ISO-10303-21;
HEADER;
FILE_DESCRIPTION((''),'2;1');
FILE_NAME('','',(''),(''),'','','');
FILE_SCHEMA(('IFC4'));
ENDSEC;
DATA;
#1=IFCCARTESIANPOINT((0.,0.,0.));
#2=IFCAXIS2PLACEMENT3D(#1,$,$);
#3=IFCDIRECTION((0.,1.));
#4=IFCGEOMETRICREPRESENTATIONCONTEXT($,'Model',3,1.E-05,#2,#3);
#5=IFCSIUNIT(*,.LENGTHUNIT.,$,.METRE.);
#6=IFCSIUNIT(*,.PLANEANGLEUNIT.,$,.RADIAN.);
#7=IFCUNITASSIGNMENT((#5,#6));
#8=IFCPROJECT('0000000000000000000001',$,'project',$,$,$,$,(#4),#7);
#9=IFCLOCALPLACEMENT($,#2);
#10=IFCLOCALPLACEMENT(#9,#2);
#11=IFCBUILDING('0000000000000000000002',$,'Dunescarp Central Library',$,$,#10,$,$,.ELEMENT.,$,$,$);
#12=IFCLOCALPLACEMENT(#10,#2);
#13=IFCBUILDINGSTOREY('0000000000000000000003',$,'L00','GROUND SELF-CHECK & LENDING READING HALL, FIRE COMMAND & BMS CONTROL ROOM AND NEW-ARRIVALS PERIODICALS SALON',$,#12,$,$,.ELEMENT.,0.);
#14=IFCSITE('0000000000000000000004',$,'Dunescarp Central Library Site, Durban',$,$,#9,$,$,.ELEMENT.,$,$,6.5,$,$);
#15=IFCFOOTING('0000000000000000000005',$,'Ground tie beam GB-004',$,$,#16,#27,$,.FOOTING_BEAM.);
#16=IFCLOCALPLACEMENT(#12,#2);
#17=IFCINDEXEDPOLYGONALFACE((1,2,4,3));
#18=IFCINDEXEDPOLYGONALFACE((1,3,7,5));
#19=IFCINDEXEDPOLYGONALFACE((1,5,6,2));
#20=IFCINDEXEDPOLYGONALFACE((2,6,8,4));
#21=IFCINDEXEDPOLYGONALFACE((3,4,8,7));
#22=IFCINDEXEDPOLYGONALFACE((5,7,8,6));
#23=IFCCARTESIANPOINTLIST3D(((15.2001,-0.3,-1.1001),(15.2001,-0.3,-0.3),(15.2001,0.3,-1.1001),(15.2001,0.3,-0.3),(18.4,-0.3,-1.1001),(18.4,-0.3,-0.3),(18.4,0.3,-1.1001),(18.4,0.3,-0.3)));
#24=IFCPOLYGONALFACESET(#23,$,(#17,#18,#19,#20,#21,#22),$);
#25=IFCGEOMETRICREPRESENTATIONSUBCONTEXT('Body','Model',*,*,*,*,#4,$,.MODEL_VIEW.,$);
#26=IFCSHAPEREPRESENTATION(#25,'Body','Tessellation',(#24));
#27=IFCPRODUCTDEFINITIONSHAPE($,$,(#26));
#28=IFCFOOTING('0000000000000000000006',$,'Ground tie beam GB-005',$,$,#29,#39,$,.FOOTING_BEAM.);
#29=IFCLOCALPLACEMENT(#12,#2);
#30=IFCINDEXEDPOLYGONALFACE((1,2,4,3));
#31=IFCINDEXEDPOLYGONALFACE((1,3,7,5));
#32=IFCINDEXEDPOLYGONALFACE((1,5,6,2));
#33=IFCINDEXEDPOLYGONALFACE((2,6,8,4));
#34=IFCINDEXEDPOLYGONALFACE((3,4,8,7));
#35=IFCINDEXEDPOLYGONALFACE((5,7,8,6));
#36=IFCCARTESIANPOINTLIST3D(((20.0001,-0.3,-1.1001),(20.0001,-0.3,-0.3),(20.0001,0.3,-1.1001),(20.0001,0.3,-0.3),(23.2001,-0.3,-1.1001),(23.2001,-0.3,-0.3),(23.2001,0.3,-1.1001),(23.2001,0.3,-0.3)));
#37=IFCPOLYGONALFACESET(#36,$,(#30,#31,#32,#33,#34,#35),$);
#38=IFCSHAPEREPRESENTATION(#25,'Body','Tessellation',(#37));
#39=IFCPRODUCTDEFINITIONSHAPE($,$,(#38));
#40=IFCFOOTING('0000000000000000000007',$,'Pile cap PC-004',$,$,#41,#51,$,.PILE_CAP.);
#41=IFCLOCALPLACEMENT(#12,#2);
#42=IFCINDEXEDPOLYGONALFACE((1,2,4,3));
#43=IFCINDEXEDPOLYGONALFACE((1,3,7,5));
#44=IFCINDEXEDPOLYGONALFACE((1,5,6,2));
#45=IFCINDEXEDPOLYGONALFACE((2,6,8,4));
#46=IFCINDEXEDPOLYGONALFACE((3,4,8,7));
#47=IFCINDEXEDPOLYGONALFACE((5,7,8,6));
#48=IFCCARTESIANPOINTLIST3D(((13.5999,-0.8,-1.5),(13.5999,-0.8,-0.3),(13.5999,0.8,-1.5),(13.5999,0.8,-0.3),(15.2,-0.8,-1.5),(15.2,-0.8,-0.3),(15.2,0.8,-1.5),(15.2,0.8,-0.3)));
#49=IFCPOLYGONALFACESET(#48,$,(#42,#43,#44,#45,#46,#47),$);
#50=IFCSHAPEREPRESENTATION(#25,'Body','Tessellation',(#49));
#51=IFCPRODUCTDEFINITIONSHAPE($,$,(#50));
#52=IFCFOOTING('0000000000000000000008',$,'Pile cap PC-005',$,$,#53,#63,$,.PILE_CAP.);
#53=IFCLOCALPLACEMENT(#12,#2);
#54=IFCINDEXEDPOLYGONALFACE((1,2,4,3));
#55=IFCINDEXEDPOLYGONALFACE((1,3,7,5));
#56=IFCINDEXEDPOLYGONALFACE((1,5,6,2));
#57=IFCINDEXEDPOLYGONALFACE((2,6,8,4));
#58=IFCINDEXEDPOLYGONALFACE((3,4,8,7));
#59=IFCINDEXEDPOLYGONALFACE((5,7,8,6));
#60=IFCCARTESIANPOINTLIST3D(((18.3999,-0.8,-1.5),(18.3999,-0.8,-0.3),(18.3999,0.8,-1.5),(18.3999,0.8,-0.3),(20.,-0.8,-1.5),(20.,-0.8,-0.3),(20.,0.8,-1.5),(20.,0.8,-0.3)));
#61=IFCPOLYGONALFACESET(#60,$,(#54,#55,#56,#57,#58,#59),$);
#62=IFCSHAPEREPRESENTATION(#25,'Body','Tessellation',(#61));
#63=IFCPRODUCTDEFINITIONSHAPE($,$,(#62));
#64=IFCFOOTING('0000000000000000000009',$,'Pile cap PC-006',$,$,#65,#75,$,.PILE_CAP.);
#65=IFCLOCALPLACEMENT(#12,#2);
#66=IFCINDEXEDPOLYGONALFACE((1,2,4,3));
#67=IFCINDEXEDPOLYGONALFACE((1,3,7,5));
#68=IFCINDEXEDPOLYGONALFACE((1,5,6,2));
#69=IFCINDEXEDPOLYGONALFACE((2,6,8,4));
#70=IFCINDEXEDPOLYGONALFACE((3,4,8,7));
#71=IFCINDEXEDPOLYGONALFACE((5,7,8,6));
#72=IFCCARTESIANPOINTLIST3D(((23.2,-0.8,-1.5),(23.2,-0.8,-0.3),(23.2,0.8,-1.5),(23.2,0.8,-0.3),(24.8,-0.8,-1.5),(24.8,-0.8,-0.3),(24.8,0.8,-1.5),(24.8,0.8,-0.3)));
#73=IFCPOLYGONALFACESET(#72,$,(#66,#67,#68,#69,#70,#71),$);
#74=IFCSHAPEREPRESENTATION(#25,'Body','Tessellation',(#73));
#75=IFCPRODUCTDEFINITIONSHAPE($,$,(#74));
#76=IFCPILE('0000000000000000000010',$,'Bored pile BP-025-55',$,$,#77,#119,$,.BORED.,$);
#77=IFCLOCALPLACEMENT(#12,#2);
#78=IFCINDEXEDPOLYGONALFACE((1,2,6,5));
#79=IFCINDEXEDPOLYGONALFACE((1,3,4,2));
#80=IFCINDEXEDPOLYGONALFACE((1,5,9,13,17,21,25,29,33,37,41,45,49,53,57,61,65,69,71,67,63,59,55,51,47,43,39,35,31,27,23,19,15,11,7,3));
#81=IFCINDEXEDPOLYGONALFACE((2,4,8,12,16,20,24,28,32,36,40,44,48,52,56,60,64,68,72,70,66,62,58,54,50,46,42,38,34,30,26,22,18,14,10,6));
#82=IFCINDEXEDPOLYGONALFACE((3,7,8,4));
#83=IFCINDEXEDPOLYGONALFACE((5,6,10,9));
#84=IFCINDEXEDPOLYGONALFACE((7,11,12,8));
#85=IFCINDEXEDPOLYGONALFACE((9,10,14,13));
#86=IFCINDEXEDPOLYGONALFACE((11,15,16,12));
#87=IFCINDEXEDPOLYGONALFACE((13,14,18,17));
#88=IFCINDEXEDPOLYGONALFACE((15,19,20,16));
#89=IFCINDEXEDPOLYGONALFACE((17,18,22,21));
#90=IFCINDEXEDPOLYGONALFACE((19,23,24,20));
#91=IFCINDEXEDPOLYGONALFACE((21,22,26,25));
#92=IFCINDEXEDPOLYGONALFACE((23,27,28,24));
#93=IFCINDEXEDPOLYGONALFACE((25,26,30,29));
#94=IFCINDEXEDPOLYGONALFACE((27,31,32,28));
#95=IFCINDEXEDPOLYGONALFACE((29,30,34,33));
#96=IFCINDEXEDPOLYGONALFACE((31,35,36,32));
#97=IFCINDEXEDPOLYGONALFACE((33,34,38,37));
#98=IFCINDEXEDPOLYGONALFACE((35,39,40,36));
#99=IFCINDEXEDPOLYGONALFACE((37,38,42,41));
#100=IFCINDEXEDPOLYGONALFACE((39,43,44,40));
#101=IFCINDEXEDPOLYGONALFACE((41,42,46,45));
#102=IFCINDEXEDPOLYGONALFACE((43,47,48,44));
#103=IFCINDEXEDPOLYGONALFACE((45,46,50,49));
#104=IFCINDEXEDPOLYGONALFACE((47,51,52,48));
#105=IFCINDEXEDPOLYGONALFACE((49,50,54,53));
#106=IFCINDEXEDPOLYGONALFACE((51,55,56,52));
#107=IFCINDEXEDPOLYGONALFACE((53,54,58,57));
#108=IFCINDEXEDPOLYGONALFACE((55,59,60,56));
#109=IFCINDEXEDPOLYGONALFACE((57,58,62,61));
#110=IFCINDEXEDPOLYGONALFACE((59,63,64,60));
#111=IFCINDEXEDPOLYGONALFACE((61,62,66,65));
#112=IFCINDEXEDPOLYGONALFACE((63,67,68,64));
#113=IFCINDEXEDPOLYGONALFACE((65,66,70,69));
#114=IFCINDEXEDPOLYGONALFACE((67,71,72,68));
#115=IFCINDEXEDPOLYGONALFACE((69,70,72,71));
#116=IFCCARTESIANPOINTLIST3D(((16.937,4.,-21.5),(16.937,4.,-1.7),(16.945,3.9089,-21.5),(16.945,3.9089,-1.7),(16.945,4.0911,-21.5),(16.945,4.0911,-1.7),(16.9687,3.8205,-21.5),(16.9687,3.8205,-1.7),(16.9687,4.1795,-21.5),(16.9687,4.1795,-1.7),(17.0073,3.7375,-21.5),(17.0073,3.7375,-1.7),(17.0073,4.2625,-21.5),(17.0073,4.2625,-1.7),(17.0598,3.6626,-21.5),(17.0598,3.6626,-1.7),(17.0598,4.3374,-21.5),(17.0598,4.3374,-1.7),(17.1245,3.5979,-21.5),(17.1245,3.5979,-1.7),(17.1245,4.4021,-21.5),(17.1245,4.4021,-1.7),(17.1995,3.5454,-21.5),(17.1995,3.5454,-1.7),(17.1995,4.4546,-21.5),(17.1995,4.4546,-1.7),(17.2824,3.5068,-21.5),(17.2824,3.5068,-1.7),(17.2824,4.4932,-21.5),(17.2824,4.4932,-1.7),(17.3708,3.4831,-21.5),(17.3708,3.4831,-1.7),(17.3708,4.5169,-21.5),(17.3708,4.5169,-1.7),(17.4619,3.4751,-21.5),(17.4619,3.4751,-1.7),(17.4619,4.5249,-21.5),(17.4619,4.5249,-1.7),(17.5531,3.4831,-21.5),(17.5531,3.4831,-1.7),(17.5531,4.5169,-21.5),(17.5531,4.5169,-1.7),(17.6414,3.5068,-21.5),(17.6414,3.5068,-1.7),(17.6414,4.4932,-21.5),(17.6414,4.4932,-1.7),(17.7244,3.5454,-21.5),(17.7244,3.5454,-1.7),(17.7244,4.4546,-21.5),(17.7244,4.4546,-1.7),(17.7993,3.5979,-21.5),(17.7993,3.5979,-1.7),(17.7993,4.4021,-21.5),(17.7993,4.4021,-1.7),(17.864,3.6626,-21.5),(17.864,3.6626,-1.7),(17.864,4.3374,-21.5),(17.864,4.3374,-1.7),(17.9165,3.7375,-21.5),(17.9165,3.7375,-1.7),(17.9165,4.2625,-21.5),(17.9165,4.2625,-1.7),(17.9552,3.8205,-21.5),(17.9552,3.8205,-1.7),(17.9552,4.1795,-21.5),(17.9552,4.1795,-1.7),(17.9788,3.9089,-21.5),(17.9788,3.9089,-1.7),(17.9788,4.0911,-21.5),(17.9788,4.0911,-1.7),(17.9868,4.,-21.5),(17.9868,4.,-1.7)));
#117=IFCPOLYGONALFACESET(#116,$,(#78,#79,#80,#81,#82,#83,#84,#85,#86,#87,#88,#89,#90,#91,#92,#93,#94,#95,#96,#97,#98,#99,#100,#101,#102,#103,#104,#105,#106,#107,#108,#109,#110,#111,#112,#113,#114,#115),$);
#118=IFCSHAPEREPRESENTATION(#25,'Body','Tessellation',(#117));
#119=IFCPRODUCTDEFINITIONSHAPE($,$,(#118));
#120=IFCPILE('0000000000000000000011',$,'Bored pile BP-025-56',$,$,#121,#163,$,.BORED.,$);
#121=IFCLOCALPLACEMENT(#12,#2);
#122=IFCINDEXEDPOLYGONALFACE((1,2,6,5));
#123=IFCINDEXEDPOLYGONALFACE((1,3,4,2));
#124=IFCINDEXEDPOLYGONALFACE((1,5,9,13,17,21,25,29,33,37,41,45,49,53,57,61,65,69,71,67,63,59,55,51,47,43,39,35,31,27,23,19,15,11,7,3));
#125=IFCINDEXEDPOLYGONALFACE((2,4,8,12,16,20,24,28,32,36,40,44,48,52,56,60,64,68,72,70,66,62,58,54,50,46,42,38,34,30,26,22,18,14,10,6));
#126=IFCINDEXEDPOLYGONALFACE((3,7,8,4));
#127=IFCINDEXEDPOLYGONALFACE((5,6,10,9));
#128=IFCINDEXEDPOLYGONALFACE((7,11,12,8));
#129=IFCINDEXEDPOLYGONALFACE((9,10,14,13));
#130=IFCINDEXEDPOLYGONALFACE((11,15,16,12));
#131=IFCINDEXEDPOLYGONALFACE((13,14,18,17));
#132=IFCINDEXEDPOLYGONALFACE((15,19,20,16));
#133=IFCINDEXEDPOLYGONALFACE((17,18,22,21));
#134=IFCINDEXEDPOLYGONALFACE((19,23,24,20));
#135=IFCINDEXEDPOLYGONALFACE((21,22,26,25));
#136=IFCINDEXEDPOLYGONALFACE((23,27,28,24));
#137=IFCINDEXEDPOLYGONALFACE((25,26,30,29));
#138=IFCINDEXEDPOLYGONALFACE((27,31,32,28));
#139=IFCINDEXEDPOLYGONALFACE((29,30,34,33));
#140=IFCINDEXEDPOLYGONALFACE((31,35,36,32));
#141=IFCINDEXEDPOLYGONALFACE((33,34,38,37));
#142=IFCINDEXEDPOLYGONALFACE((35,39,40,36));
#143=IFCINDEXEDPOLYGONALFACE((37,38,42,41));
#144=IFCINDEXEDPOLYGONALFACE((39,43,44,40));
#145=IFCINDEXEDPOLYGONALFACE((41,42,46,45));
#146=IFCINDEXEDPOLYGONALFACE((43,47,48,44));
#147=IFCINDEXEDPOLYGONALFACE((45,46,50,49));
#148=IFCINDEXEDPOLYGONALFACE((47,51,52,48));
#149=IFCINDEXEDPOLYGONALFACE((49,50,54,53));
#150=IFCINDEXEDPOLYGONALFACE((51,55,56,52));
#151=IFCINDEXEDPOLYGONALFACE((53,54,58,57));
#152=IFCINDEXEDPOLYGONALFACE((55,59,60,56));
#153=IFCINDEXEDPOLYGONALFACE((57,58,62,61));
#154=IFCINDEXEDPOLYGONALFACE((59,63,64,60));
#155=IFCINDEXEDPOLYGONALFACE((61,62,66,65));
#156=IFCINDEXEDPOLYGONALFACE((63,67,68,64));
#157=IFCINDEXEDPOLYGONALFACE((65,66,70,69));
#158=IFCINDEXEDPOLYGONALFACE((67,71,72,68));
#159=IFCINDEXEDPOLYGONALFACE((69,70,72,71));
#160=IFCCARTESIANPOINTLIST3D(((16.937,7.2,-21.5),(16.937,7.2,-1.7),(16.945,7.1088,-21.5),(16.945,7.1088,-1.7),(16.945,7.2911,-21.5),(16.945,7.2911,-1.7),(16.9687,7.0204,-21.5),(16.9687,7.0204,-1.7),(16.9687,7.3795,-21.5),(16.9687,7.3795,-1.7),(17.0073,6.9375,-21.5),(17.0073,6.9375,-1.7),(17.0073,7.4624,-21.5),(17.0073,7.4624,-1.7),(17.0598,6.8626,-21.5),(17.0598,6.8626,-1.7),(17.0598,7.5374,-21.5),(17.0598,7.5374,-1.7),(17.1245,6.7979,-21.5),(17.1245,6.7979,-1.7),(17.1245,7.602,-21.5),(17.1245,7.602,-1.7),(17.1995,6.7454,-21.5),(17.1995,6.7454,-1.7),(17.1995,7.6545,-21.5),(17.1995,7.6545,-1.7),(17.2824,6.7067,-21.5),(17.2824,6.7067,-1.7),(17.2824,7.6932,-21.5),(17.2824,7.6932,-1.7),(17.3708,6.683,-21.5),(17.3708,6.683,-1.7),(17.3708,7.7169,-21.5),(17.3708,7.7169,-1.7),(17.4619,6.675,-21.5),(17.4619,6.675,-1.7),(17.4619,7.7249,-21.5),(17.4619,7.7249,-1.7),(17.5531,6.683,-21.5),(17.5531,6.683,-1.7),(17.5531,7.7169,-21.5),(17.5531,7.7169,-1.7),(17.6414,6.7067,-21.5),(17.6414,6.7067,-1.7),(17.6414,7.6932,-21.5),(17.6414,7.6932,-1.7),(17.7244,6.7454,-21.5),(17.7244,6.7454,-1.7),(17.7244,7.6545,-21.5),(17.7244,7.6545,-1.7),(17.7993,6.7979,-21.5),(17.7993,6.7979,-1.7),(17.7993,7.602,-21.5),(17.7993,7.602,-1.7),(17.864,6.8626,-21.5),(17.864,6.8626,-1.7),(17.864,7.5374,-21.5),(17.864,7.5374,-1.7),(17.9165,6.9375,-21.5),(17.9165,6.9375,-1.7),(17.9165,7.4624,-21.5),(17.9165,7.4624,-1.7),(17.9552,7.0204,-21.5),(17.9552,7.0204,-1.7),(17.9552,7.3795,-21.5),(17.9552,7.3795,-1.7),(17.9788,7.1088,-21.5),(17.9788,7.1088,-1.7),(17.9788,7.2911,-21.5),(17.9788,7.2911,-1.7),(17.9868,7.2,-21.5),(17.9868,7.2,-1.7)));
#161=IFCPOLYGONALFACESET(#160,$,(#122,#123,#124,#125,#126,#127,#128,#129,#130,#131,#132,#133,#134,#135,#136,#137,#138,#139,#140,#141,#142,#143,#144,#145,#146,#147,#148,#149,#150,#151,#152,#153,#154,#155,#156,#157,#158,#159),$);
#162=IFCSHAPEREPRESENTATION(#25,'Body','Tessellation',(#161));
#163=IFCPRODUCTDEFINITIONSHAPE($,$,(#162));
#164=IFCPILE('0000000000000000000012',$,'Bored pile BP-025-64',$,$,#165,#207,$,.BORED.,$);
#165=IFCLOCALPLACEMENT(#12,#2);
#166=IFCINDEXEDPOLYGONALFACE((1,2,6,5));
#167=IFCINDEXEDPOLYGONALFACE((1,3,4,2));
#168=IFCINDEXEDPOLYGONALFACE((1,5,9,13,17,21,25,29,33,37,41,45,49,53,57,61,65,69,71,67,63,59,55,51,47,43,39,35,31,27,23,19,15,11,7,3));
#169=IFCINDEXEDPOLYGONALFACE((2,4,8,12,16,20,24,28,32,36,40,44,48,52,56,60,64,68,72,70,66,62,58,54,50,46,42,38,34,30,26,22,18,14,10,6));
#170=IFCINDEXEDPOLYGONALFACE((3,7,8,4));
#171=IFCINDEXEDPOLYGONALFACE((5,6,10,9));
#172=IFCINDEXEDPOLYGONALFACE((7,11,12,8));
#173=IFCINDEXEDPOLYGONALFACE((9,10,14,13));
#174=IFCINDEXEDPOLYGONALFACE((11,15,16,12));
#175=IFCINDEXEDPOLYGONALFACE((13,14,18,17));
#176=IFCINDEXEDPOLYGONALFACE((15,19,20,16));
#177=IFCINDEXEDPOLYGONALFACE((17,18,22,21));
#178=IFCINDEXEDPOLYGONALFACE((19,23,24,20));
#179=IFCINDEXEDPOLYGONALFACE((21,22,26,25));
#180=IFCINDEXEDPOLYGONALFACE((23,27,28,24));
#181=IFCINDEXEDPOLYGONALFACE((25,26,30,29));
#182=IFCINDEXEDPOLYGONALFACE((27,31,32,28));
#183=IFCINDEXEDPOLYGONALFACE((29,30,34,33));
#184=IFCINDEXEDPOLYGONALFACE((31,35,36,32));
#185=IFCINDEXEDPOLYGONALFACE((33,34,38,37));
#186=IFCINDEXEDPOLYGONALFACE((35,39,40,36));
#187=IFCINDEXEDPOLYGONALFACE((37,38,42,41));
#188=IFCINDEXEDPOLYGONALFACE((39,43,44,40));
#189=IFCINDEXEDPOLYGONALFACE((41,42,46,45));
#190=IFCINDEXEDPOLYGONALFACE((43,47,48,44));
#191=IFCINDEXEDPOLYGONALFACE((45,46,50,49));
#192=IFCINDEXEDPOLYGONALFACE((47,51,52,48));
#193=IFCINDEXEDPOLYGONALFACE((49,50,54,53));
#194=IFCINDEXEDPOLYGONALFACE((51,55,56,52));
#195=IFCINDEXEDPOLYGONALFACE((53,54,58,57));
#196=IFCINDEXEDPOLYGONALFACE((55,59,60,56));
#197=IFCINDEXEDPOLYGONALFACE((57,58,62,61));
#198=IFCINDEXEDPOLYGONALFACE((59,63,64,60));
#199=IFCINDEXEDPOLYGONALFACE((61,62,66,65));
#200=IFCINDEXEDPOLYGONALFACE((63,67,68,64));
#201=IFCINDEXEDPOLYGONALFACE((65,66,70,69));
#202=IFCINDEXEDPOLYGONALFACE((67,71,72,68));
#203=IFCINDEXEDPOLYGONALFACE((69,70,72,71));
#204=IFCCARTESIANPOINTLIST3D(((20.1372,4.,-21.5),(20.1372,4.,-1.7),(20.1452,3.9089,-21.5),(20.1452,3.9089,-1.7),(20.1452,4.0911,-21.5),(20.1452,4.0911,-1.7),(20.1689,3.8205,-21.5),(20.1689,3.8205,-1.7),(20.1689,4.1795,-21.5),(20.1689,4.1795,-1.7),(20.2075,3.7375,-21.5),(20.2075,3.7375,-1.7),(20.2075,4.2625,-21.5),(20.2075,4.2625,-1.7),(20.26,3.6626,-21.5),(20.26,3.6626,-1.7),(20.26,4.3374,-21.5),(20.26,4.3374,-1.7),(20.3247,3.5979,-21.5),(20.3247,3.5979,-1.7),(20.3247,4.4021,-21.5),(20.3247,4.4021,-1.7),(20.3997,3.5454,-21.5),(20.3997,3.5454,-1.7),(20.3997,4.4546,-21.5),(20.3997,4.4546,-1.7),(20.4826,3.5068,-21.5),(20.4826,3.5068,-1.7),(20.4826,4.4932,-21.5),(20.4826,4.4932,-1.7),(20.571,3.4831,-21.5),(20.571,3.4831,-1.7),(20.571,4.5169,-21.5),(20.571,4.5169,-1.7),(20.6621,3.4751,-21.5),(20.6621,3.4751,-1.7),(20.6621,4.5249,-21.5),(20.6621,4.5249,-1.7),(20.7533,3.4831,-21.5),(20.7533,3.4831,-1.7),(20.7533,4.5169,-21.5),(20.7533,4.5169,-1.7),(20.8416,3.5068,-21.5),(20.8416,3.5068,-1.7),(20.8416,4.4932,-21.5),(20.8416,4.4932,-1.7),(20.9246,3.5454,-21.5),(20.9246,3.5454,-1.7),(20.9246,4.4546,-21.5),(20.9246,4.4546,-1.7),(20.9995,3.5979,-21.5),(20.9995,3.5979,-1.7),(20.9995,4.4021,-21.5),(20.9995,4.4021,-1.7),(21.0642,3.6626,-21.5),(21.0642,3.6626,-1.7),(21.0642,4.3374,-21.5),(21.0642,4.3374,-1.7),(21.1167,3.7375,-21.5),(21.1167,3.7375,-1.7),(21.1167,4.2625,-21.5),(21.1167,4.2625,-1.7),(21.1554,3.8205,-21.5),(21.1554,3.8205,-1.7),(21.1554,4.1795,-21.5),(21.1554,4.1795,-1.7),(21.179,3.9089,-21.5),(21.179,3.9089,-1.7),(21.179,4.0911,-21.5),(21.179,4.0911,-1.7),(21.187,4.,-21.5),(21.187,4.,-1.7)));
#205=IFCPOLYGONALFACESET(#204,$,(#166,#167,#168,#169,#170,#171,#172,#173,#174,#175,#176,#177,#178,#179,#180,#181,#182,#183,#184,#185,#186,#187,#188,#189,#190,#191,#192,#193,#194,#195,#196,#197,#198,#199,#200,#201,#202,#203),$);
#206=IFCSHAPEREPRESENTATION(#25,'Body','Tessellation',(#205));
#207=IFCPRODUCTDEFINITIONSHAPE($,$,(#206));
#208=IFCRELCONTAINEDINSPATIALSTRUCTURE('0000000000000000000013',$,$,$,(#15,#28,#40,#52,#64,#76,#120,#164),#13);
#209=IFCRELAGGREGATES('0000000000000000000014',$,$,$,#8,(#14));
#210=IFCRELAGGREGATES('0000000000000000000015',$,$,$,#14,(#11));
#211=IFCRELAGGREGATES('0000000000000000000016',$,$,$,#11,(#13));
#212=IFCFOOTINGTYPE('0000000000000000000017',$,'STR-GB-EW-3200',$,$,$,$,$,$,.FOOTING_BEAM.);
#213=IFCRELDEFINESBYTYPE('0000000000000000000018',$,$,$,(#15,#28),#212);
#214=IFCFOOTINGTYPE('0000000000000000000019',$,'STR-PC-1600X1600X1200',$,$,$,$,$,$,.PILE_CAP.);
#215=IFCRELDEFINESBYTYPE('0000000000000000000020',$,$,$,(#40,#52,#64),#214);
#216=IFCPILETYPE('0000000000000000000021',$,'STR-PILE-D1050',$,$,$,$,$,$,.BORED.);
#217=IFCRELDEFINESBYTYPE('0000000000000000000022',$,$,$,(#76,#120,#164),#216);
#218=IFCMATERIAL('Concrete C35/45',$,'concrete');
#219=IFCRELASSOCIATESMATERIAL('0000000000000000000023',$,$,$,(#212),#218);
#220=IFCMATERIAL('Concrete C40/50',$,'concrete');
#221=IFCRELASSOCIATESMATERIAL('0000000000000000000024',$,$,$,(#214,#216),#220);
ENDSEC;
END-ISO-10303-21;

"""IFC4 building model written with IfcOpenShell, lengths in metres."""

from ifc_helpers import new_model, si_unit, direction, frame, origin, origin_2d, place, context, subcontext, project, spatial, rectangle, circle, extrude, material, material_profile, profile_set, type_object, element, save


model = new_model("IFC4")

# Units and contexts
model_context = context("Model", 3, precision=1e-05, world=origin(), true_north=direction((0.0, 1.0)))
body_context = subcontext(model_context, "Body", "Model", "MODEL_VIEW")
ifc_project = project(units=[si_unit("LENGTHUNIT", "METRE"), si_unit("PLANEANGLEUNIT", "RADIAN")], contexts=[model_context])

# Site, building, storey
site_placement = place(None, origin())
site = spatial("IfcSite", under=ifc_project, at=site_placement, Name="Dunescarp Central Library Site, Durban", CompositionType="ELEMENT", RefElevation=6.5)
building_placement = place(site_placement, origin())
building = spatial("IfcBuilding", under=site, at=building_placement, Name="Dunescarp Central Library", CompositionType="ELEMENT")
storey_placement = place(building_placement, origin())
storey = spatial("IfcBuildingStorey", under=building, at=storey_placement, Name="L00", Description="GROUND SELF-CHECK & LENDING READING HALL, FIRE COMMAND & BMS CONTROL ROOM AND NEW-ARRIVALS PERIODICALS SALON", CompositionType="ELEMENT", Elevation=0.0)

# Footings
ifc_material_1 = material(Name="Concrete C35/45", Category="concrete")
footing_type_1 = type_object("IfcFootingType", Name="STR-GB-EW-3200", PredefinedType="FOOTING_BEAM", material=ifc_material_1)
for number, where, z_axis, x_axis, name in (
    (1, (16.8, 0.0, -1.1001), (0.0, 0.0, 1.0), (1.0, 0.0, 0.0), "Ground tie beam GB-004"),
    (2, (21.6001, 0.0, -1.1001), (0.0, 0.0, 1.0), (1.0, 0.0, 0.0), "Ground tie beam GB-005"),
):
    element("IfcFooting", number, at=place(storey_placement, frame(where, z_axis=z_axis, x_axis=x_axis)), inside=storey, type_object=footing_type_1, Name=name, PredefinedType="FOOTING_BEAM", context=body_context, shape_type="SweptSolid", body=[
        extrude(rectangle(XDim=3.2, YDim=0.6001, at=origin_2d()), origin(), (0.0, 0.0, 1.0), 0.8),
    ])
ifc_material_2 = material(Name="Concrete C40/50", Category="concrete")
footing_type_2 = type_object("IfcFootingType", Name="STR-PC-1600X1600X1200", PredefinedType="PILE_CAP", material=ifc_material_2)
for number, where, z_axis, x_axis, name in (
    (3, (14.3999, 0.0, -1.5), (0.0, 0.0, 1.0), (1.0, 0.0, 0.0), "Pile cap PC-004"),
    (4, (19.2, 0.0, -1.5), (0.0, 0.0, 1.0), (1.0, 0.0, 0.0), "Pile cap PC-005"),
    (5, (24.0, 0.0, -1.5), (0.0, 0.0, 1.0), (1.0, 0.0, 0.0), "Pile cap PC-006"),
):
    element("IfcFooting", number, at=place(storey_placement, frame(where, z_axis=z_axis, x_axis=x_axis)), inside=storey, type_object=footing_type_2, Name=name, PredefinedType="PILE_CAP", context=body_context, shape_type="SweptSolid", body=[
        extrude(rectangle(XDim=1.6001, YDim=1.6001, at=origin_2d()), origin(), (0.0, 0.0, 1.0), 1.2),
    ])

# Piles
ifc_material_profile_1 = material_profile(ifc_material_2, circle(Radius=0.5249, at=origin_2d()), Name="PILE D1050")
ifc_profile_set_1 = profile_set([ifc_material_profile_1], Name="Concrete C40/50")
pile_type_1 = type_object("IfcPileType", Name="STR-PILE-D1050", PredefinedType="BORED", material=ifc_profile_set_1)
for number, where, z_axis, x_axis, name in (
    (6, (17.4619, 4.0, -1.7), (0.0, 0.0, -1.0), (1.0, 0.0, 0.0), "Bored pile BP-025-55"),
    (7, (17.4619, 7.2, -1.7), (0.0, 0.0, -1.0), (1.0, 0.0, 0.0), "Bored pile BP-025-56"),
    (8, (20.6621, 4.0, -1.7), (0.0, 0.0, -1.0), (1.0, 0.0, 0.0), "Bored pile BP-025-64"),
):
    element("IfcPile", number, at=place(storey_placement, frame(where, z_axis=z_axis, x_axis=x_axis)), inside=storey, type_object=pile_type_1, Name=name, PredefinedType="BORED", context=body_context, shape_type="SweptSolid", body=[
        extrude(circle(Radius=0.5249, at=origin_2d()), origin(), (0.0, 0.0, 1.0), 19.8),
    ])

save(model, "model.ifc")
